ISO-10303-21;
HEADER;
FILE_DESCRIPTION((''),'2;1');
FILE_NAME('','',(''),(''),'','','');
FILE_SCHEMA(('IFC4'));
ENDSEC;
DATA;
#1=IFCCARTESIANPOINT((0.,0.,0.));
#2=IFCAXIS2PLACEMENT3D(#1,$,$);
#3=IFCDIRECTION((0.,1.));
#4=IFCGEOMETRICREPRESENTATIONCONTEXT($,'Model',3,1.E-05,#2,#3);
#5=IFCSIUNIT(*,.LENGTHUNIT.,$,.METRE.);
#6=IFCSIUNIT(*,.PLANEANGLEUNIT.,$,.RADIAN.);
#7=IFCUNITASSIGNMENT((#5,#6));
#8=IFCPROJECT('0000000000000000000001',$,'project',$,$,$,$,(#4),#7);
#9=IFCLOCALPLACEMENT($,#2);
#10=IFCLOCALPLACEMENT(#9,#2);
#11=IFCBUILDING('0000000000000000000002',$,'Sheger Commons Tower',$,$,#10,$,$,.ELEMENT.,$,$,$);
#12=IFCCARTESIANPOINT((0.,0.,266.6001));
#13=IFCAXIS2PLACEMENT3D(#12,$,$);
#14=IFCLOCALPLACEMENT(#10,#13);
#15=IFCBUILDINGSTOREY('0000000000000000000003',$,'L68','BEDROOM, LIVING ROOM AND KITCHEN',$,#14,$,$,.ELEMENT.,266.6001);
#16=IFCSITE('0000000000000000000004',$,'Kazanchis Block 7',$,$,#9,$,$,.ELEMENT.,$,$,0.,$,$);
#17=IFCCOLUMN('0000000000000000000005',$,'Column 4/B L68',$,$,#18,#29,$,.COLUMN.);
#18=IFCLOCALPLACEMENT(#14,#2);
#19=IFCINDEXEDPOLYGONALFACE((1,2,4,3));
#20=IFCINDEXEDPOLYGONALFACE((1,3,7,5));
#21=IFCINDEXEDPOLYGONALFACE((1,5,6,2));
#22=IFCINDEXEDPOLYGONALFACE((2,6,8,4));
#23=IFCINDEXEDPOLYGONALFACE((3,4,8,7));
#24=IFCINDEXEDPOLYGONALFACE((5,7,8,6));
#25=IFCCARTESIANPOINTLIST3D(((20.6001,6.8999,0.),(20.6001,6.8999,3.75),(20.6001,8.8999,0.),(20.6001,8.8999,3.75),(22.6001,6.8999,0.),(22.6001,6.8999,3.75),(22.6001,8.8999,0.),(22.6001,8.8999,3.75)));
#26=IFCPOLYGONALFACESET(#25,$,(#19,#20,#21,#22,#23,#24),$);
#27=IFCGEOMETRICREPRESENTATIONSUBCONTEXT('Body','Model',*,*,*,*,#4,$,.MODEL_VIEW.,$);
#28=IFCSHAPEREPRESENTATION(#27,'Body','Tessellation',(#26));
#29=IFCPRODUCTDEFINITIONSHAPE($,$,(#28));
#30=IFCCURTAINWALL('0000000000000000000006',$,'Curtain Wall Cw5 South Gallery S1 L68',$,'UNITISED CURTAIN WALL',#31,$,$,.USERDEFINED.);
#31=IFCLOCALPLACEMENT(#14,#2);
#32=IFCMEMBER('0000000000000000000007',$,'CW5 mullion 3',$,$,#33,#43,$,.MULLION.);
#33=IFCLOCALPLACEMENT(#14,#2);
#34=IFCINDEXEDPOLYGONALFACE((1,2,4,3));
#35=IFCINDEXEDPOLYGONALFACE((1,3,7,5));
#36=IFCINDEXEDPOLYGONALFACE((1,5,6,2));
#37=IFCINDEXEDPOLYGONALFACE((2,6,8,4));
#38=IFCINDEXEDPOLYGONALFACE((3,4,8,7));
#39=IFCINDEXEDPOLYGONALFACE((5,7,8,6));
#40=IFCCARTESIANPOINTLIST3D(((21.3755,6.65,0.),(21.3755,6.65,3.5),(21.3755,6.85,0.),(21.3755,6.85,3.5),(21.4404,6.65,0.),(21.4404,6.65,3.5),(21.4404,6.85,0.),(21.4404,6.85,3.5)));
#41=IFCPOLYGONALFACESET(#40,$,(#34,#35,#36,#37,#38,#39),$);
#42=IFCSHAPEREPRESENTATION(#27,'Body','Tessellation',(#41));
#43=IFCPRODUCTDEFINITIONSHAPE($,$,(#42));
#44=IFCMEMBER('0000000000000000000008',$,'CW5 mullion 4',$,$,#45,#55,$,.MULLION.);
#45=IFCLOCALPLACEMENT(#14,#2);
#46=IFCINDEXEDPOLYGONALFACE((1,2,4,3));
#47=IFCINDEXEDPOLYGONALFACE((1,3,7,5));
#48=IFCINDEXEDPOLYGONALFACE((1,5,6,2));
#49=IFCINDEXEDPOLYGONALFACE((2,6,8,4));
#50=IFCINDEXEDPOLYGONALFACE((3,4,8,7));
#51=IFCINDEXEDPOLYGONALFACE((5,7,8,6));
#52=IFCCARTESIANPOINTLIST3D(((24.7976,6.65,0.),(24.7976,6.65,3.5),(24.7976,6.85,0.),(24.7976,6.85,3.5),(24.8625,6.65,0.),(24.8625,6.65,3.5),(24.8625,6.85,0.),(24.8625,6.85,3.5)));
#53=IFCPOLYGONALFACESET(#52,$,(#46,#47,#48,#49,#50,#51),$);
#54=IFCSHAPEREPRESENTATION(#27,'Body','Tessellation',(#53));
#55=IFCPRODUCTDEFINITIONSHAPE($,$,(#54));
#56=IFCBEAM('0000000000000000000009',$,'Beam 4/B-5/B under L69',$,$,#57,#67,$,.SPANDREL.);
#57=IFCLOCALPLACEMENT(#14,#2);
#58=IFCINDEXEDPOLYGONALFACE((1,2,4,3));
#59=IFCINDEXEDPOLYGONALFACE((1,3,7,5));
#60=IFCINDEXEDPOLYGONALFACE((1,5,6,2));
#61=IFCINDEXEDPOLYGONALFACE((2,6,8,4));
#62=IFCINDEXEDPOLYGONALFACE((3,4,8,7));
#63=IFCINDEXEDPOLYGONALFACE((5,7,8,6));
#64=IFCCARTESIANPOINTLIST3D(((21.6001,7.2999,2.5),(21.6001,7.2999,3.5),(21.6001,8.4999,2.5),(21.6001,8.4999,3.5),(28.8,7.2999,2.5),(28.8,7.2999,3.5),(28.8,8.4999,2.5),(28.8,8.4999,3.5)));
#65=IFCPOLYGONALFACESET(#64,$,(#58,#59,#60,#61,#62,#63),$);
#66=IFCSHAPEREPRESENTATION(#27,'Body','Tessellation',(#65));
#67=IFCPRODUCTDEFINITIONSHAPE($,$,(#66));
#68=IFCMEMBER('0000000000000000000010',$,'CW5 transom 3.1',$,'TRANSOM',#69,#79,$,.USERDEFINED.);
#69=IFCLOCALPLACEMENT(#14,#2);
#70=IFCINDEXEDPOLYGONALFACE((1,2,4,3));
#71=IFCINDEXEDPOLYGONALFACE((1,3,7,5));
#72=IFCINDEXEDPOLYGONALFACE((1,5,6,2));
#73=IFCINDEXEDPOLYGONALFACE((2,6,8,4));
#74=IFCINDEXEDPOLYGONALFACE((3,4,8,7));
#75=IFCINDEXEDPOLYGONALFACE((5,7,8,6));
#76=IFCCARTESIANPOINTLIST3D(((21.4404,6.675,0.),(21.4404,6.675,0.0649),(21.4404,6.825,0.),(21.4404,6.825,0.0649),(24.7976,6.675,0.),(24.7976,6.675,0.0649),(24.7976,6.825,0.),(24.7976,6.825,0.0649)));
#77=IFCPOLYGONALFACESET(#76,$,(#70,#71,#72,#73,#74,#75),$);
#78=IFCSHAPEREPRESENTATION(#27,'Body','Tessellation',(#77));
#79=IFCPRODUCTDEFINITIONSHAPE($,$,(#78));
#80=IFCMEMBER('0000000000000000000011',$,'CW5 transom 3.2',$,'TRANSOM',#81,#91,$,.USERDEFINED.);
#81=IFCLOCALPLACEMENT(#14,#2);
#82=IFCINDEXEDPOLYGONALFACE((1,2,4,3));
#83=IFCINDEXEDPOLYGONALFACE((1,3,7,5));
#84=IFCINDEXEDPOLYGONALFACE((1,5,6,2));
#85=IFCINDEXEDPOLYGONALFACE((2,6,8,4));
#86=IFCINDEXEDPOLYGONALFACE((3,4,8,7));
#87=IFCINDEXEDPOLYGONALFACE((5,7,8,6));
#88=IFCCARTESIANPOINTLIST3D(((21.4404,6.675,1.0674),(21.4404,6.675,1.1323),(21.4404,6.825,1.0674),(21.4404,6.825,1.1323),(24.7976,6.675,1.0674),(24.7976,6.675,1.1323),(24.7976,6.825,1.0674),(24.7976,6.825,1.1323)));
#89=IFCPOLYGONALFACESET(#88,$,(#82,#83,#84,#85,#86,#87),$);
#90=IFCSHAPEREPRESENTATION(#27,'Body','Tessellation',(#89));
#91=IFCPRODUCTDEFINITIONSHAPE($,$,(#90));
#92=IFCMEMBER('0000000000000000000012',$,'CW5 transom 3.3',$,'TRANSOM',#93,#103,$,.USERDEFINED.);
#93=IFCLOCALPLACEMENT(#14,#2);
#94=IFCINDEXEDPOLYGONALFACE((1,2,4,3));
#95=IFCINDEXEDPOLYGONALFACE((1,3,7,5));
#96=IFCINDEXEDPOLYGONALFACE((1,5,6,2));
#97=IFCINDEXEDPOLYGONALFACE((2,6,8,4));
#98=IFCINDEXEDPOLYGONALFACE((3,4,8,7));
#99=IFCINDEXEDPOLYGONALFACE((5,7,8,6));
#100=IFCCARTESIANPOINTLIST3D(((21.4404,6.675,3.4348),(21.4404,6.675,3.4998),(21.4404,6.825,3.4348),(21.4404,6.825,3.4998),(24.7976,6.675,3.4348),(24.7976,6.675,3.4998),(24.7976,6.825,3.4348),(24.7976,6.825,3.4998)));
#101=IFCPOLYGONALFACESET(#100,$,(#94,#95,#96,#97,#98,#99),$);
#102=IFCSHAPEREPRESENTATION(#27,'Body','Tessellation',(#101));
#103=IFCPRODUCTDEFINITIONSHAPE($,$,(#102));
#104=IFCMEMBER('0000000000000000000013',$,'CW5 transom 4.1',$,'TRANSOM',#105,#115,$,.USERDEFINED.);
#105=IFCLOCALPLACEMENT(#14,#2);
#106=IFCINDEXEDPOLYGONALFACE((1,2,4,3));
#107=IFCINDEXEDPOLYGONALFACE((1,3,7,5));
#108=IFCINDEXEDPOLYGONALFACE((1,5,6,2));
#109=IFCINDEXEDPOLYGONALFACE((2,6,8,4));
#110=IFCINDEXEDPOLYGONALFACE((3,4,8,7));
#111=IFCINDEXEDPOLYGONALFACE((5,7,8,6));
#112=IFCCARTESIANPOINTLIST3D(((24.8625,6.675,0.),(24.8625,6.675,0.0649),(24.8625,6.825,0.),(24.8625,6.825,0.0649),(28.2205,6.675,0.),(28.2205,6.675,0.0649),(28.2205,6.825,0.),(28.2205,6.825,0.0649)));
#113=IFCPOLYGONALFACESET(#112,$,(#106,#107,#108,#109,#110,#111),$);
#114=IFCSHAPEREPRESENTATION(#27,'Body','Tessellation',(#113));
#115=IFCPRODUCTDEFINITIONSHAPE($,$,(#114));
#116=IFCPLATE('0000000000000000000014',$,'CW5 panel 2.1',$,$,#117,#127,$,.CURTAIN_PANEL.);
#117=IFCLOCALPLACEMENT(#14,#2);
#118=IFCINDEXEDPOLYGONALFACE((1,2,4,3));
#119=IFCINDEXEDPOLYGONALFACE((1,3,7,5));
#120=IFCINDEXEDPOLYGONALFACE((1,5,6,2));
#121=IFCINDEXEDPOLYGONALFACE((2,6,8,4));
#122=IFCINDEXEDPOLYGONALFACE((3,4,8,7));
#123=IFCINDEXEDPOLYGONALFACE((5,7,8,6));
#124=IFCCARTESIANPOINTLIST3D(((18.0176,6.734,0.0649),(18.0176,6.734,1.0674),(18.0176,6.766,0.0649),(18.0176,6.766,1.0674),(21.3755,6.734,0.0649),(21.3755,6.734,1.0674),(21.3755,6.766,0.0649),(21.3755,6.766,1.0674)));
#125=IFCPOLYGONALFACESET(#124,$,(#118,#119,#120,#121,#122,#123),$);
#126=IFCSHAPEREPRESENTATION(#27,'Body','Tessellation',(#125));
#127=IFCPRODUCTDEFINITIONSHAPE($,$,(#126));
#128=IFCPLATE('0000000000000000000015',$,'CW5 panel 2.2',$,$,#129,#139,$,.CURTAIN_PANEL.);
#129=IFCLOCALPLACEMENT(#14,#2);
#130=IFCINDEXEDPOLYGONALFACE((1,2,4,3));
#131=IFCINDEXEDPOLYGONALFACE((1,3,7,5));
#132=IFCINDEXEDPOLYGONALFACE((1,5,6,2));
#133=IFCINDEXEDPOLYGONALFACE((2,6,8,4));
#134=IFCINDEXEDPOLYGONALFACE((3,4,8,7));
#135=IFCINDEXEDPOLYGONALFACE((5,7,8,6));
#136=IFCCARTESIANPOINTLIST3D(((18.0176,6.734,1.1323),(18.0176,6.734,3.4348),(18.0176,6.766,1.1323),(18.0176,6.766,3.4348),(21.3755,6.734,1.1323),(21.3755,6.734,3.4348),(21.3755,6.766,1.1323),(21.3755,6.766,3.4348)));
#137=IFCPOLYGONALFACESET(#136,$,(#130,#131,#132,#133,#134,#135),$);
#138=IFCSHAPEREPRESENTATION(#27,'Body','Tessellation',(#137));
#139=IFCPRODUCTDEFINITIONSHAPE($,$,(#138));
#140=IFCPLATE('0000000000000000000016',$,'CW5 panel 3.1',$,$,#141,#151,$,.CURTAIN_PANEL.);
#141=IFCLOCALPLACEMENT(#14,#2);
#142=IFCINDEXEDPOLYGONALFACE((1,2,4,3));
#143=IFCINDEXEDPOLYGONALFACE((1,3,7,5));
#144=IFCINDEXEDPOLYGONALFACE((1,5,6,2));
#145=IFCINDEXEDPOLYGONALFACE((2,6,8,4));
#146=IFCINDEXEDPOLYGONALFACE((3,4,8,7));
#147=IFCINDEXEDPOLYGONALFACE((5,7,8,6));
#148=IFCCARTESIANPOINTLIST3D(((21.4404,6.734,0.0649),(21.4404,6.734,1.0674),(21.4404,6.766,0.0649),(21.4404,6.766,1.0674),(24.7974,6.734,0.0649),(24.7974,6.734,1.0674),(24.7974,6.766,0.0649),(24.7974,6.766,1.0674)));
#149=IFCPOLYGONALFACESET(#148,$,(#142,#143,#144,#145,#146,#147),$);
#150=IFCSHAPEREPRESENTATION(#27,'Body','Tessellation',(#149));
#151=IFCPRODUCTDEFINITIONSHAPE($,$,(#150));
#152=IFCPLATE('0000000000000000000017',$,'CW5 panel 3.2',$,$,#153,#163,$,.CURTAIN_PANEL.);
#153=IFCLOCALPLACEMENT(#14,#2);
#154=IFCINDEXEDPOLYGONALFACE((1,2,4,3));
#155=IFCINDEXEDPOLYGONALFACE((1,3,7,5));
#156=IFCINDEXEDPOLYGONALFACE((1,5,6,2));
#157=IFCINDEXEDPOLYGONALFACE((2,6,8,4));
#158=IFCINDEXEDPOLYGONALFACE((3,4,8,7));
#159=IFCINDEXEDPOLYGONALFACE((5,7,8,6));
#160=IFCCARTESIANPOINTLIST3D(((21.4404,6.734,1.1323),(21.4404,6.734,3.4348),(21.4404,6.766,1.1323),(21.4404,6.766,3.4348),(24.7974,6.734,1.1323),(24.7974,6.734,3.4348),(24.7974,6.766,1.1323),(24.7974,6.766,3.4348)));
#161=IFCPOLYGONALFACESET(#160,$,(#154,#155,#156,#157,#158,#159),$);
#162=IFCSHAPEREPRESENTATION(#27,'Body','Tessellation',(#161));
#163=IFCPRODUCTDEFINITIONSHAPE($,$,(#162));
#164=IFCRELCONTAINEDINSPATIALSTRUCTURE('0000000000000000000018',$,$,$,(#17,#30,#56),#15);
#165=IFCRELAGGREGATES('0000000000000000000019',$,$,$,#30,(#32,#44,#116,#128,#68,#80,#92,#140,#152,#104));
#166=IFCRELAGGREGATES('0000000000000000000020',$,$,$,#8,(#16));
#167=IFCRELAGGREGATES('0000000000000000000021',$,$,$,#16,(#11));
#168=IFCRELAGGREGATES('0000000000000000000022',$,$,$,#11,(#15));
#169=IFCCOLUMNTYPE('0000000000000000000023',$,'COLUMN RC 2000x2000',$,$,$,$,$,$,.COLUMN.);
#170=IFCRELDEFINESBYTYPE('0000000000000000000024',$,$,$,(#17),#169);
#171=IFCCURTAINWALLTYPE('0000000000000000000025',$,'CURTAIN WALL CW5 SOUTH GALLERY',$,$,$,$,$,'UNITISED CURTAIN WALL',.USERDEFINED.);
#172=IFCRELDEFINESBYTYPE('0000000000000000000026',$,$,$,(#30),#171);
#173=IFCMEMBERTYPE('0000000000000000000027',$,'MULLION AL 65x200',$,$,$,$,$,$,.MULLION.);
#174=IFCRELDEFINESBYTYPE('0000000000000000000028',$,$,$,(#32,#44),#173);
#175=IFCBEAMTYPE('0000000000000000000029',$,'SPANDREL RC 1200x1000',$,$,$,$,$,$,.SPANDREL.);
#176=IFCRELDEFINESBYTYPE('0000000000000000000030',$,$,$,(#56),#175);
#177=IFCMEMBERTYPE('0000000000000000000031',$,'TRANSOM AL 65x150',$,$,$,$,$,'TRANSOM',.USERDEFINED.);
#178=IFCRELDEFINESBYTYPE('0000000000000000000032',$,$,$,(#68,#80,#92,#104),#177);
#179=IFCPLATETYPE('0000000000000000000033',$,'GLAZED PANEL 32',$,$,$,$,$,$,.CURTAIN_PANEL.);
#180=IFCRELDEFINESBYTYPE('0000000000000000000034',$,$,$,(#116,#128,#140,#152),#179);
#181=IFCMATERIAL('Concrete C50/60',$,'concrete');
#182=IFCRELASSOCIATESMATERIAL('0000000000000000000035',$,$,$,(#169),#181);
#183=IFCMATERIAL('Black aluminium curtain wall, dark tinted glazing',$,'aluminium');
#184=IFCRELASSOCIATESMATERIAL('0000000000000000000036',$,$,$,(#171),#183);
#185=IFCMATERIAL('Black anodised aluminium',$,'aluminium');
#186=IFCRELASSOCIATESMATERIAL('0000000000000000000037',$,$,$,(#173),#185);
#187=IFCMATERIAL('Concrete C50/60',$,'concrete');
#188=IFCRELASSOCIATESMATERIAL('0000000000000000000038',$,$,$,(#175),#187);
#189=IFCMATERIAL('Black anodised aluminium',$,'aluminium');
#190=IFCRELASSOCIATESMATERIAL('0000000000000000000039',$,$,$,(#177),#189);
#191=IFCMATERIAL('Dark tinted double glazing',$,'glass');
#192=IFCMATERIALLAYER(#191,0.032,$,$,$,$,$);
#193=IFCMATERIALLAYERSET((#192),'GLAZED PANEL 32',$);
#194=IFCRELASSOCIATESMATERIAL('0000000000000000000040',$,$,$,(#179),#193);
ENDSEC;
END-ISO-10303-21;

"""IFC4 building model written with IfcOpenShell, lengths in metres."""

from ifc_helpers import new_model, si_unit, direction, frame, origin, origin_2d, place, context, subcontext, project, spatial, rectangle, extrude, material, layer, layer_set, material_profile, profile_set, type_object, element, aggregate, save


model = new_model("IFC4")

# Units and contexts
model_context = context("Model", 3, precision=1e-05, world=origin(), true_north=direction((0.0, 1.0)))
body_context = subcontext(model_context, "Body", "Model", "MODEL_VIEW")
ifc_project = project(units=[si_unit("LENGTHUNIT", "METRE"), si_unit("PLANEANGLEUNIT", "RADIAN")], contexts=[model_context])

# Site, building, storey
site_placement = place(None, origin())
site = spatial("IfcSite", under=ifc_project, at=site_placement, Name="Kazanchis Block 7", CompositionType="ELEMENT", RefElevation=0.0)
building_placement = place(site_placement, origin())
building = spatial("IfcBuilding", under=site, at=building_placement, Name="Sheger Commons Tower", CompositionType="ELEMENT")
storey_placement = place(building_placement, frame((0.0, 0.0, 266.6001)))
storey = spatial("IfcBuildingStorey", under=building, at=storey_placement, Name="L68", Description="BEDROOM, LIVING ROOM AND KITCHEN", CompositionType="ELEMENT", Elevation=266.6001)

# Column
ifc_material_1 = material(Name="Concrete C50/60", Category="concrete")
ifc_material_profile_1 = material_profile(ifc_material_1, rectangle(XDim=2.0, YDim=2.0, at=origin_2d()), Name="RC 2000x2000")
ifc_profile_set_1 = profile_set([ifc_material_profile_1], Name="Concrete C50/60")
column_type = type_object("IfcColumnType", Name="COLUMN RC 2000x2000", PredefinedType="COLUMN", material=ifc_profile_set_1)
column_placement = place(storey_placement, frame((21.6001, 7.8999, 0.0), z_axis=(0.0, 0.0, 1.0), x_axis=(1.0, 0.0, 0.0)))
element("IfcColumn", 1, at=column_placement, inside=storey, type_object=column_type, Name="Column 4/B L68", PredefinedType="COLUMN", context=body_context, shape_type="SweptSolid", body=[
    extrude(rectangle(XDim=2.0, YDim=2.0, at=origin_2d()), origin(), (0.0, 0.0, 1.0), 3.75),
])

# Curtain wall, members
ifc_material_2 = material(Name="Black aluminium curtain wall, dark tinted glazing", Category="aluminium")
curtain_wall_type = type_object("IfcCurtainWallType", Name="CURTAIN WALL CW5 SOUTH GALLERY", ElementType="UNITISED CURTAIN WALL", PredefinedType="USERDEFINED", material=ifc_material_2)
curtain_wall_placement = place(storey_placement, origin())
curtain_wall = element("IfcCurtainWall", 2, at=curtain_wall_placement, inside=storey, type_object=curtain_wall_type, Name="Curtain Wall Cw5 South Gallery S1 L68", ObjectType="UNITISED CURTAIN WALL", PredefinedType="USERDEFINED")
ifc_material_3 = material(Name="Black anodised aluminium", Category="aluminium")
ifc_material_profile_2 = material_profile(ifc_material_3, rectangle(XDim=0.2, YDim=0.0649, at=origin_2d()), Name="AL 65x200")
ifc_profile_set_2 = profile_set([ifc_material_profile_2], Name="Black anodised aluminium")
member_type_1 = type_object("IfcMemberType", Name="MULLION AL 65x200", PredefinedType="MULLION", material=ifc_profile_set_2)
member_1_placement = place(storey_placement, frame((21.408, 6.75, 0.0), z_axis=(0.0, 0.0, 1.0), x_axis=(0.0, 1.0, 0.0)))
member_1 = element("IfcMember", 3, at=member_1_placement, type_object=member_type_1, Name="CW5 mullion 3", PredefinedType="MULLION", context=body_context, shape_type="SweptSolid", body=[
    extrude(rectangle(XDim=0.2, YDim=0.0649, at=origin_2d()), origin(), (0.0, 0.0, 1.0), 3.5),
])
member_2_placement = place(storey_placement, frame((24.8301, 6.75, 0.0), z_axis=(0.0, 0.0, 1.0), x_axis=(0.0, 1.0, 0.0)))
member_2 = element("IfcMember", 4, at=member_2_placement, type_object=member_type_1, Name="CW5 mullion 4", PredefinedType="MULLION", context=body_context, shape_type="SweptSolid", body=[
    extrude(rectangle(XDim=0.2, YDim=0.0649, at=origin_2d()), origin(), (0.0, 0.0, 1.0), 3.5),
])

# Beam
ifc_material_4 = material(Name="Concrete C50/60", Category="concrete")
ifc_material_profile_3 = material_profile(ifc_material_4, rectangle(XDim=1.2, YDim=1.0, at=origin_2d()), Name="RC 1200x1000")
ifc_profile_set_3 = profile_set([ifc_material_profile_3], Name="Concrete C50/60")
beam_type = type_object("IfcBeamType", Name="SPANDREL RC 1200x1000", PredefinedType="SPANDREL", material=ifc_profile_set_3)
beam_placement = place(storey_placement, frame((21.6001, 7.8999, 3.0), z_axis=(1.0, 0.0, 0.0), x_axis=(0.0, 1.0, 0.0)))
element("IfcBeam", 5, at=beam_placement, inside=storey, type_object=beam_type, Name="Beam 4/B-5/B under L69", PredefinedType="SPANDREL", context=body_context, shape_type="SweptSolid", body=[
    extrude(rectangle(XDim=1.2, YDim=1.0, at=origin_2d()), origin(), (0.0, 0.0, 1.0), 7.2),
])

# Members
ifc_material_5 = material(Name="Black anodised aluminium", Category="aluminium")
ifc_material_profile_4 = material_profile(ifc_material_5, rectangle(XDim=0.1499, YDim=0.0649, at=origin_2d()), Name="AL 65x150")
ifc_profile_set_4 = profile_set([ifc_material_profile_4], Name="Black anodised aluminium")
member_type_2 = type_object("IfcMemberType", Name="TRANSOM AL 65x150", ElementType="TRANSOM", PredefinedType="USERDEFINED", material=ifc_profile_set_4)
member_3_placement = place(storey_placement, frame((21.4404, 6.75, 0.0325), z_axis=(1.0, 0.0, 0.0), x_axis=(0.0, 1.0, 0.0)))
member_3 = element("IfcMember", 6, at=member_3_placement, type_object=member_type_2, Name="CW5 transom 3.1", ObjectType="TRANSOM", PredefinedType="USERDEFINED", context=body_context, shape_type="SweptSolid", body=[
    extrude(rectangle(XDim=0.1499, YDim=0.0649, at=origin_2d()), origin(), (0.0, 0.0, 1.0), 3.3572),
])
member_4_placement = place(storey_placement, frame((21.4404, 6.75, 1.0999), z_axis=(1.0, 0.0, 0.0), x_axis=(0.0, 1.0, 0.0)))
member_4 = element("IfcMember", 7, at=member_4_placement, type_object=member_type_2, Name="CW5 transom 3.2", ObjectType="TRANSOM", PredefinedType="USERDEFINED", context=body_context, shape_type="SweptSolid", body=[
    extrude(rectangle(XDim=0.1499, YDim=0.0649, at=origin_2d()), origin(), (0.0, 0.0, 1.0), 3.3572),
])
member_5_placement = place(storey_placement, frame((21.4404, 6.75, 3.4673), z_axis=(1.0, 0.0, 0.0), x_axis=(0.0, 1.0, 0.0)))
member_5 = element("IfcMember", 8, at=member_5_placement, type_object=member_type_2, Name="CW5 transom 3.3", ObjectType="TRANSOM", PredefinedType="USERDEFINED", context=body_context, shape_type="SweptSolid", body=[
    extrude(rectangle(XDim=0.1499, YDim=0.0649, at=origin_2d()), origin(), (0.0, 0.0, 1.0), 3.3572),
])
member_6_placement = place(storey_placement, frame((24.8625, 6.75, 0.0325), z_axis=(1.0, 0.0, 0.0), x_axis=(0.0, 1.0, 0.0)))
member_6 = element("IfcMember", 9, at=member_6_placement, type_object=member_type_2, Name="CW5 transom 4.1", ObjectType="TRANSOM", PredefinedType="USERDEFINED", context=body_context, shape_type="SweptSolid", body=[
    extrude(rectangle(XDim=0.1499, YDim=0.0649, at=origin_2d()), origin(), (0.0, 0.0, 1.0), 3.3579),
])

# Plates
ifc_material_6 = material(Name="Dark tinted double glazing", Category="glass")
ifc_layer_1 = layer(ifc_material_6, 0.032)
ifc_layer_set_1 = layer_set([ifc_layer_1], Name="GLAZED PANEL 32")
plate_type = type_object("IfcPlateType", Name="GLAZED PANEL 32", PredefinedType="CURTAIN_PANEL", material=ifc_layer_set_1)
plate_1_placement = place(storey_placement, frame((19.6965, 6.75, 0.0649), z_axis=(0.0, 0.0, 1.0), x_axis=(1.0, 0.0, 0.0)))
plate_1 = element("IfcPlate", 10, at=plate_1_placement, type_object=plate_type, Name="CW5 panel 2.1", PredefinedType="CURTAIN_PANEL", context=body_context, shape_type="SweptSolid", body=[
    extrude(rectangle(XDim=3.3579, YDim=0.032, at=origin_2d()), origin(), (0.0, 0.0, 1.0), 1.0024),
])
plate_2_placement = place(storey_placement, frame((19.6965, 6.75, 1.1323), z_axis=(0.0, 0.0, 1.0), x_axis=(1.0, 0.0, 0.0)))
plate_2 = element("IfcPlate", 11, at=plate_2_placement, type_object=plate_type, Name="CW5 panel 2.2", PredefinedType="CURTAIN_PANEL", context=body_context, shape_type="SweptSolid", body=[
    extrude(rectangle(XDim=3.3579, YDim=0.032, at=origin_2d()), origin(), (0.0, 0.0, 1.0), 2.3025),
])
plate_3_placement = place(storey_placement, frame((23.1189, 6.75, 0.0649), z_axis=(0.0, 0.0, 1.0), x_axis=(1.0, 0.0, 0.0)))
plate_3 = element("IfcPlate", 12, at=plate_3_placement, type_object=plate_type, Name="CW5 panel 3.1", PredefinedType="CURTAIN_PANEL", context=body_context, shape_type="SweptSolid", body=[
    extrude(rectangle(XDim=3.3569, YDim=0.032, at=origin_2d()), origin(), (0.0, 0.0, 1.0), 1.0024),
])
plate_4_placement = place(storey_placement, frame((23.1189, 6.75, 1.1323), z_axis=(0.0, 0.0, 1.0), x_axis=(1.0, 0.0, 0.0)))
plate_4 = element("IfcPlate", 13, at=plate_4_placement, type_object=plate_type, Name="CW5 panel 3.2", PredefinedType="CURTAIN_PANEL", context=body_context, shape_type="SweptSolid", body=[
    extrude(rectangle(XDim=3.3569, YDim=0.032, at=origin_2d()), origin(), (0.0, 0.0, 1.0), 2.3025),
])
aggregate(curtain_wall, [member_1, member_2, plate_1, plate_2, member_3, member_4, member_5, plate_3, plate_4, member_6])

save(model, "model.ifc")
